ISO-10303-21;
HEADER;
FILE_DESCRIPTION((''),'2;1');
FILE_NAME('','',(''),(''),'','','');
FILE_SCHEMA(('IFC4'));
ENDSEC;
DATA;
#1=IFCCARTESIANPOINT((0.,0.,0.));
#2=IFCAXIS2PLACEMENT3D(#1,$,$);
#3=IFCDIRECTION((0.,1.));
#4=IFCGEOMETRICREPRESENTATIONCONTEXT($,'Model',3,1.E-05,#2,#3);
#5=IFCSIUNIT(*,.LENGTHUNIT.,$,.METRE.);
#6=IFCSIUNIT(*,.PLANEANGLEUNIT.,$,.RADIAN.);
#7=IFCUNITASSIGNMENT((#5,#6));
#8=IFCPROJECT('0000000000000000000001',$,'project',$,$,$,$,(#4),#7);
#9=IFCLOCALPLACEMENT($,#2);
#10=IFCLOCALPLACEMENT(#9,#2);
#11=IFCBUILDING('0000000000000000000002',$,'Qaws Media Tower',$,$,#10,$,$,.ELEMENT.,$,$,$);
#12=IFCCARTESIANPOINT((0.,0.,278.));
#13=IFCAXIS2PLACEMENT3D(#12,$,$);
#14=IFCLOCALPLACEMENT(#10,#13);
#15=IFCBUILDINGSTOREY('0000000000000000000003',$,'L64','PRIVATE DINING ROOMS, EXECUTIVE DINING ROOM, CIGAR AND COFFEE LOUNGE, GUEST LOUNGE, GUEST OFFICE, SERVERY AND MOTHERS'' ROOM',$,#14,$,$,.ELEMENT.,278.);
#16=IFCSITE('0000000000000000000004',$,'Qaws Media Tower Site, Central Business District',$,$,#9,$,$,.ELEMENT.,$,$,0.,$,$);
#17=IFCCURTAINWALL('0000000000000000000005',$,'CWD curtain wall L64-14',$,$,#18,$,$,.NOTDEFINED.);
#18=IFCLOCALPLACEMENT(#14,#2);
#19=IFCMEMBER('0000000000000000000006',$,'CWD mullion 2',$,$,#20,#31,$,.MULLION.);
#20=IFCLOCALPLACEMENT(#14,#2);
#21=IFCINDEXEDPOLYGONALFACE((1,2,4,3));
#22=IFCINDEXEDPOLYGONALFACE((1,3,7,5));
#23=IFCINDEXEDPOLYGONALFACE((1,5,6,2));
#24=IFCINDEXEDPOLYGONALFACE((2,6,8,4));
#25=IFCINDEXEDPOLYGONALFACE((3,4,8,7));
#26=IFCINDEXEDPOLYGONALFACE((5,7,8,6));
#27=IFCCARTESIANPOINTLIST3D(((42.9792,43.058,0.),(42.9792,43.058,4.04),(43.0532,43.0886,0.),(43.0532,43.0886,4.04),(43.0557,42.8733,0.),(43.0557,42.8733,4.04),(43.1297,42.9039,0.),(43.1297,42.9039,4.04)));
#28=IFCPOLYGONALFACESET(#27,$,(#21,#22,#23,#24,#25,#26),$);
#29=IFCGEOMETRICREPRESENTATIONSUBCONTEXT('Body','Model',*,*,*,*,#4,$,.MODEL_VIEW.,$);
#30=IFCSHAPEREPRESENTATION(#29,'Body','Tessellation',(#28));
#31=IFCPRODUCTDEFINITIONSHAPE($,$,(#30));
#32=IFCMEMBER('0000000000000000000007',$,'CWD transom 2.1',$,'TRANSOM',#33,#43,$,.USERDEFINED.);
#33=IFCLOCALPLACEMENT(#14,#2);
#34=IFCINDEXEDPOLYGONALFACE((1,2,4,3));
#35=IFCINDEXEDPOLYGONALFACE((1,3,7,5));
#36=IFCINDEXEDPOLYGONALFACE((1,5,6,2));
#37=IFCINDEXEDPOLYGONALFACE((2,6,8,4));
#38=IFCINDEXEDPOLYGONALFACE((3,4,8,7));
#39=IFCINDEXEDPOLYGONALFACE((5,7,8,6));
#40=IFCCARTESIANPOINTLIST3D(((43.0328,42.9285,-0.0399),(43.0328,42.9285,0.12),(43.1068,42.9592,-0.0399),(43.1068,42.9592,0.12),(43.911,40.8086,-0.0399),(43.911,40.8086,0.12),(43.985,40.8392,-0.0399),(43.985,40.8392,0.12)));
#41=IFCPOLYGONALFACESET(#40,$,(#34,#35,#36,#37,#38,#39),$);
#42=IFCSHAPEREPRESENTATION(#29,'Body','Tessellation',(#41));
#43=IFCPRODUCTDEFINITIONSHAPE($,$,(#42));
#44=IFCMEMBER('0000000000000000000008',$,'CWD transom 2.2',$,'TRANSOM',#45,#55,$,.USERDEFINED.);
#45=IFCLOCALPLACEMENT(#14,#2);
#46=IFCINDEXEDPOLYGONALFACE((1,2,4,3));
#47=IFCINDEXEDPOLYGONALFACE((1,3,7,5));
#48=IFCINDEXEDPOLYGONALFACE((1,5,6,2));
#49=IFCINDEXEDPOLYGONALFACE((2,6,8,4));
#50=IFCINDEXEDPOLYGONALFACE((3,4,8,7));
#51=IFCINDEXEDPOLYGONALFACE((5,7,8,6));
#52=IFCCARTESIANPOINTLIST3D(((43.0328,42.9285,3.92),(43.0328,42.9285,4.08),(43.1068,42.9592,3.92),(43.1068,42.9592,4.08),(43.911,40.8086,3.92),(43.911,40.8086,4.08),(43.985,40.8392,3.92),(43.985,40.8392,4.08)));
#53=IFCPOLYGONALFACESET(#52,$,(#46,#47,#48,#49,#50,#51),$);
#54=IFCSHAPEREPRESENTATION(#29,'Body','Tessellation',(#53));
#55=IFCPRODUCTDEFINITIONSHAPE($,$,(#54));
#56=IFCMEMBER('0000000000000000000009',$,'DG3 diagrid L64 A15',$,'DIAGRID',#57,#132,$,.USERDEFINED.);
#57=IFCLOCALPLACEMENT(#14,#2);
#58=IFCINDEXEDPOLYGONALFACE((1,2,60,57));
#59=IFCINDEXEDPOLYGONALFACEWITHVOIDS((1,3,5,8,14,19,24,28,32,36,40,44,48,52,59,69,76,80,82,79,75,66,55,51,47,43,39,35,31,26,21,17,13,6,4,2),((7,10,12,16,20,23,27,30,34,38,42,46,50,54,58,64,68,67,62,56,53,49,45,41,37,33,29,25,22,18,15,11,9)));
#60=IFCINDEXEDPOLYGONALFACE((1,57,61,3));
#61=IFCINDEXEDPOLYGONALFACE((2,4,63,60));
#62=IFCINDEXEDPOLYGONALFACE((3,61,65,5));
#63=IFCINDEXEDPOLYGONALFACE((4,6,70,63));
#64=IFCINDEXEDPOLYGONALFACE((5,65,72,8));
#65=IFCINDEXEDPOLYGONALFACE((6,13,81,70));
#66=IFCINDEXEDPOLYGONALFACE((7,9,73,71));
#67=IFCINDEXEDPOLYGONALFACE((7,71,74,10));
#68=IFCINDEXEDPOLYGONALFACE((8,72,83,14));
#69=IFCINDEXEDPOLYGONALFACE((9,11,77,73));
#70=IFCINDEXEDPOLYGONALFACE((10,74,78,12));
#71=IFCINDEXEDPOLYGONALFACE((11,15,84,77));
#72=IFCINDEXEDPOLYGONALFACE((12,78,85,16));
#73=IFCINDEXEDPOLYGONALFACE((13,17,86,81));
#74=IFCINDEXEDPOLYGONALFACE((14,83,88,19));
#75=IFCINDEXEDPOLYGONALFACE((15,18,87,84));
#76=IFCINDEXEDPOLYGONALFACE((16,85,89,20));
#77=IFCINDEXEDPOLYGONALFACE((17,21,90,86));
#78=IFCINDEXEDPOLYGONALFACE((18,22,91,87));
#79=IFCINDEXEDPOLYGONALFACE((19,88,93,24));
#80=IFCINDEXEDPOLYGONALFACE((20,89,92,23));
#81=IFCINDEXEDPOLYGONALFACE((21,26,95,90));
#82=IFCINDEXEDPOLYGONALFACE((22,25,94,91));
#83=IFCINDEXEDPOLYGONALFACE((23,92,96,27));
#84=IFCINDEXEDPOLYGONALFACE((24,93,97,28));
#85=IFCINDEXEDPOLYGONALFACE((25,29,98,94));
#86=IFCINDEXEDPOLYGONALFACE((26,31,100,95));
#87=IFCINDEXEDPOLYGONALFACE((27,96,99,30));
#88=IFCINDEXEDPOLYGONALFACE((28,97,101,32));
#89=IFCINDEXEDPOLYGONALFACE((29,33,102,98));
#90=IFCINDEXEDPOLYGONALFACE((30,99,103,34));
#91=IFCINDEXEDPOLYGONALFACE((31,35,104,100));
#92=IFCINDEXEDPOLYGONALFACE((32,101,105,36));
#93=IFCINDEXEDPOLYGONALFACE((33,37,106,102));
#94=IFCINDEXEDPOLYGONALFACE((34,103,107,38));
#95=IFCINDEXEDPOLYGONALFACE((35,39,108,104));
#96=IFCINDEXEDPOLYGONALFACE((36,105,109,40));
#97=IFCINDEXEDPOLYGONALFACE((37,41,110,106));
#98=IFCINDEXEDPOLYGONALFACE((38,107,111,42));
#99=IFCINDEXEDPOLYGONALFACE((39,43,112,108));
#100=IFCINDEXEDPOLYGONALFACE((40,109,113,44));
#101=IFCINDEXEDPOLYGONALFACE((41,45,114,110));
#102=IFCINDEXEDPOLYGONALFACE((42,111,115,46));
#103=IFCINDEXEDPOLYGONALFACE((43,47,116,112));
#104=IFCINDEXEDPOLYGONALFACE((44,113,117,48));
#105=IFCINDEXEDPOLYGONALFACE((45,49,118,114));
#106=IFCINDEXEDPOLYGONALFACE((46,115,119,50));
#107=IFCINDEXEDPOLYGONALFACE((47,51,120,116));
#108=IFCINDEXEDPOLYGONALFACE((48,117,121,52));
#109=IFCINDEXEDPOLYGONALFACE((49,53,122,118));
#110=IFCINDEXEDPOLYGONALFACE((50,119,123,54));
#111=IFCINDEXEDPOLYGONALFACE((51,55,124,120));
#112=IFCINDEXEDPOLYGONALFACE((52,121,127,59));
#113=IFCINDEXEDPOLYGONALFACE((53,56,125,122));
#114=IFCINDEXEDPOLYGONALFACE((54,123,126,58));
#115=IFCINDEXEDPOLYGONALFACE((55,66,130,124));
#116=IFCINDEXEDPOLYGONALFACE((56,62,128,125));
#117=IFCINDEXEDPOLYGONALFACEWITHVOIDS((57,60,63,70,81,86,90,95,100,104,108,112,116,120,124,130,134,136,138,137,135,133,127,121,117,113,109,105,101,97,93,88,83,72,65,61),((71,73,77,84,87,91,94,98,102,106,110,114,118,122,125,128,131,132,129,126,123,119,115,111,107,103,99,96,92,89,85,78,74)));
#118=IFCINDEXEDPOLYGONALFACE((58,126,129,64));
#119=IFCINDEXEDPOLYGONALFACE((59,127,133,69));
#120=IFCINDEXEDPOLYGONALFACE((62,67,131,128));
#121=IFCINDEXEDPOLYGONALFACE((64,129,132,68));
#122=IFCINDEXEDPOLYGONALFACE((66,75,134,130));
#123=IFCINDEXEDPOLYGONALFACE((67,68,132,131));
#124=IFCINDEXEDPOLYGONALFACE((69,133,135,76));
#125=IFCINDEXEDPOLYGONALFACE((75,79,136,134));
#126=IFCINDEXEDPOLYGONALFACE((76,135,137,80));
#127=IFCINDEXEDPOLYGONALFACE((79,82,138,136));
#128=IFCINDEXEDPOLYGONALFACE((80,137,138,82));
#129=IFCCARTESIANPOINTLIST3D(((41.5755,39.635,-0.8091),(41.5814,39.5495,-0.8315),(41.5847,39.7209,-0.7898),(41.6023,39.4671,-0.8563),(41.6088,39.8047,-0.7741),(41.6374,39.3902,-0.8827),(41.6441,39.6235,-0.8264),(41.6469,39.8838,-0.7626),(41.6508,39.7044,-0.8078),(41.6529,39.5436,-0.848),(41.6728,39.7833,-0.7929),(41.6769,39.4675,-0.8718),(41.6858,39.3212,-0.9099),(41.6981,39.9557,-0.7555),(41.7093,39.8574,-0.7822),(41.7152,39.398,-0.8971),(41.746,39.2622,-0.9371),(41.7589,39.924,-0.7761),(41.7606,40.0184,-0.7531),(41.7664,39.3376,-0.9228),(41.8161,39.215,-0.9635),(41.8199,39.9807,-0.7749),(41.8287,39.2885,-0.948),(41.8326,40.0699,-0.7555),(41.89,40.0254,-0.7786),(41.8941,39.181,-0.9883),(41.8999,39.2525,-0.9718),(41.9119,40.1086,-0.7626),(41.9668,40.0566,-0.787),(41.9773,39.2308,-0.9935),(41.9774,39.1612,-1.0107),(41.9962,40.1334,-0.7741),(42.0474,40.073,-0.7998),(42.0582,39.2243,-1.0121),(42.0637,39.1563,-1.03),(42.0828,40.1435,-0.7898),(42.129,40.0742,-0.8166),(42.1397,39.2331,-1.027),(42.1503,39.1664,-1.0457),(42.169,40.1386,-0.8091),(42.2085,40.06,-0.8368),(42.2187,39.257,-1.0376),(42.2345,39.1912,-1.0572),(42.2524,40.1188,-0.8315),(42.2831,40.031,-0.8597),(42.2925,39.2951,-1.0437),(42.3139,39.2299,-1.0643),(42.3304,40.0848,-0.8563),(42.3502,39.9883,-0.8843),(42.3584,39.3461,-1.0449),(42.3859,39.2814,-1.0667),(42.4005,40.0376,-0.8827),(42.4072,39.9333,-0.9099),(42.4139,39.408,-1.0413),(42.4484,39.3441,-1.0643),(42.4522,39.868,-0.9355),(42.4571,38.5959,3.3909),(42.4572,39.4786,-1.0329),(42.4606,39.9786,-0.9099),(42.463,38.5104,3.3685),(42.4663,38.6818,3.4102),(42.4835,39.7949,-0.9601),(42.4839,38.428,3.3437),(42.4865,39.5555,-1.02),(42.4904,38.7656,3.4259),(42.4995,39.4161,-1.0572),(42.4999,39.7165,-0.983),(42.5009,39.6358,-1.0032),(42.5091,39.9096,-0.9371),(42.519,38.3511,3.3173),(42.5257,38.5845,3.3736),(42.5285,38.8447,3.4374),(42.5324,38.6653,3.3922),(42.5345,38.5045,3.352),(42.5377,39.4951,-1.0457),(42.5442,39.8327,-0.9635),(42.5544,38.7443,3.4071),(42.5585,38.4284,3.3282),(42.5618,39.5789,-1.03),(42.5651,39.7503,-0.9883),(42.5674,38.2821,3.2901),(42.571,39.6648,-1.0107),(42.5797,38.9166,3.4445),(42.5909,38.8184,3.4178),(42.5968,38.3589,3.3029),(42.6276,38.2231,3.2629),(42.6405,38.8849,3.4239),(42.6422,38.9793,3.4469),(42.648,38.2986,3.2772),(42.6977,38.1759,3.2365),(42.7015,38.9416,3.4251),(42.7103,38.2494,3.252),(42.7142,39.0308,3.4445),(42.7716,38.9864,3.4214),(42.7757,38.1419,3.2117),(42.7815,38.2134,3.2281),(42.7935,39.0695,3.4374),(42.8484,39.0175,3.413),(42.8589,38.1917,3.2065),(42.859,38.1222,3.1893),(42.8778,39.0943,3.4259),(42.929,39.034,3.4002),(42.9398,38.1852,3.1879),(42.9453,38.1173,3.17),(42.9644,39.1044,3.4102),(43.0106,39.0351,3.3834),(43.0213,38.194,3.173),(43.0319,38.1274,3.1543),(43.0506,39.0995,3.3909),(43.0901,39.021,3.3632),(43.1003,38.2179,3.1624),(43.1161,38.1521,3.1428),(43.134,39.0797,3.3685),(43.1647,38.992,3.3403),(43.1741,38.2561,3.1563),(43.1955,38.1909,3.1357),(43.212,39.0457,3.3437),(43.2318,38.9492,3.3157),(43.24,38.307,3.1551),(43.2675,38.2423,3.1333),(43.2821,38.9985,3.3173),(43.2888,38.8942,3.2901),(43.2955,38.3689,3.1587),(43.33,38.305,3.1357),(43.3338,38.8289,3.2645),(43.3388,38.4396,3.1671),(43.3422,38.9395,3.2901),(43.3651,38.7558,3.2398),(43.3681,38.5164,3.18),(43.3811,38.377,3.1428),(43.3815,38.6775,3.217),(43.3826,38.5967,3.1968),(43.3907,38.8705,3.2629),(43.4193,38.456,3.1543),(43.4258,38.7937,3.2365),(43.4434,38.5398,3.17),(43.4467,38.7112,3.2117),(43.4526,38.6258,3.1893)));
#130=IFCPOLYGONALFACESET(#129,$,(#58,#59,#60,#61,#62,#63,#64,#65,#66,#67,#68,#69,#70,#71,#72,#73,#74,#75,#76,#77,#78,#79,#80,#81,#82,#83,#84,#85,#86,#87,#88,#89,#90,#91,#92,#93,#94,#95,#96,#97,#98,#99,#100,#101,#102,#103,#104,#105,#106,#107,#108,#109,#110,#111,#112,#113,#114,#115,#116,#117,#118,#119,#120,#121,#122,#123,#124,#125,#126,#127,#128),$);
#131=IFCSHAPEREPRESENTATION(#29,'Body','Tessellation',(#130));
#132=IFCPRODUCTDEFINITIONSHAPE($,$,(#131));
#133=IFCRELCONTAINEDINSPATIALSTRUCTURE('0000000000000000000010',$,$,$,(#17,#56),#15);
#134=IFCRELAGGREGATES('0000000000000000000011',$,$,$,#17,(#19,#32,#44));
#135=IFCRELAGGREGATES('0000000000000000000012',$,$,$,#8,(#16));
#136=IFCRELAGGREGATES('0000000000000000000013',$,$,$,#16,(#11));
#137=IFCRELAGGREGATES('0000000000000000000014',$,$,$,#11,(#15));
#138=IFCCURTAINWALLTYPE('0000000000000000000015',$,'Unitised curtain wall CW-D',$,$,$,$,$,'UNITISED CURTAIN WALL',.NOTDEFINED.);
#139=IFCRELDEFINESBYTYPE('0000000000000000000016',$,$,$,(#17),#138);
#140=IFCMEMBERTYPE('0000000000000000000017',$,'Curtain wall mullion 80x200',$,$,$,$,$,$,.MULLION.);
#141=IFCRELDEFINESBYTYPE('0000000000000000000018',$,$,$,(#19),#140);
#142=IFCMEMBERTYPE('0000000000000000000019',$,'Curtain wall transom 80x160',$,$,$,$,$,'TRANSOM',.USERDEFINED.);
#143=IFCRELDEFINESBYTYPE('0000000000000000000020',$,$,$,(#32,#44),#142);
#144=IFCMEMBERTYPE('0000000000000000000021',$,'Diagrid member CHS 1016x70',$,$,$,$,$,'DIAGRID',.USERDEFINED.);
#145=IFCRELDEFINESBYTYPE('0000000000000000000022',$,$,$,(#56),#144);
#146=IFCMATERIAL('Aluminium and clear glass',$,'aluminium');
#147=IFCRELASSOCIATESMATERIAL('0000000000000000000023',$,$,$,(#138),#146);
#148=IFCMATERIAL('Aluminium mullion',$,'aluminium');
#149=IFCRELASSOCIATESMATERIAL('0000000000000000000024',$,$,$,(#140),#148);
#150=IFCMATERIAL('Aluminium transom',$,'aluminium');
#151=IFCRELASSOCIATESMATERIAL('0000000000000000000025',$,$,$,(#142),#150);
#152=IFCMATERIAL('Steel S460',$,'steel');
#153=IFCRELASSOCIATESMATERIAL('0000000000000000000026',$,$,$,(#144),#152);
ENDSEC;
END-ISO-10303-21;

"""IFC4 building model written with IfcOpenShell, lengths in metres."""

from ifc_helpers import new_model, si_unit, direction, frame, origin, origin_2d, place, context, subcontext, project, spatial, rectangle, hollow_circle, extrude, material, material_profile, profile_set, type_object, element, aggregate, save


model = new_model("IFC4")

# Units and contexts
model_context = context("Model", 3, precision=1e-05, world=origin(), true_north=direction((0.0, 1.0)))
body_context = subcontext(model_context, "Body", "Model", "MODEL_VIEW")
ifc_project = project(units=[si_unit("LENGTHUNIT", "METRE"), si_unit("PLANEANGLEUNIT", "RADIAN")], contexts=[model_context])

# Site, building, storey
site_placement = place(None, origin())
site = spatial("IfcSite", under=ifc_project, at=site_placement, Name="Qaws Media Tower Site, Central Business District", CompositionType="ELEMENT", RefElevation=0.0)
building_placement = place(site_placement, origin())
building = spatial("IfcBuilding", under=site, at=building_placement, Name="Qaws Media Tower", CompositionType="ELEMENT")
storey_placement = place(building_placement, frame((0.0, 0.0, 278.0)))
storey = spatial("IfcBuildingStorey", under=building, at=storey_placement, Name="L64", Description="PRIVATE DINING ROOMS, EXECUTIVE DINING ROOM, CIGAR AND COFFEE LOUNGE, GUEST LOUNGE, GUEST OFFICE, SERVERY AND MOTHERS' ROOM", CompositionType="ELEMENT", Elevation=278.0)

# Curtain wall, members
ifc_material_1 = material(Name="Aluminium and clear glass", Category="aluminium")
curtain_wall_type = type_object("IfcCurtainWallType", Name="Unitised curtain wall CW-D", ElementType="UNITISED CURTAIN WALL", PredefinedType="NOTDEFINED", material=ifc_material_1)
curtain_wall_placement = place(storey_placement, origin())
curtain_wall = element("IfcCurtainWall", 1, at=curtain_wall_placement, inside=storey, type_object=curtain_wall_type, Name="CWD curtain wall L64-14", PredefinedType="NOTDEFINED")
ifc_material_2 = material(Name="Aluminium mullion", Category="aluminium")
ifc_material_profile_1 = material_profile(ifc_material_2, rectangle(XDim=0.0801, YDim=0.2, at=origin_2d()), Name="80x200")
ifc_profile_set_1 = profile_set([ifc_material_profile_1], Name="Aluminium mullion")
member_type_1 = type_object("IfcMemberType", Name="Curtain wall mullion 80x200", PredefinedType="MULLION", material=ifc_profile_set_1)
member_1_placement = place(storey_placement, frame((43.0544, 42.981, 0.0), z_axis=(0.0, 0.0, 1.0), x_axis=(0.92388, 0.382683, 0.0)))
member_1 = element("IfcMember", 2, at=member_1_placement, type_object=member_type_1, Name="CWD mullion 2", PredefinedType="MULLION", context=body_context, shape_type="SweptSolid", body=[
    extrude(rectangle(XDim=0.0801, YDim=0.2, at=origin_2d()), origin(), (0.0, 0.0, 1.0), 4.04),
])
ifc_material_3 = material(Name="Aluminium transom", Category="aluminium")
ifc_material_profile_2 = material_profile(ifc_material_3, rectangle(XDim=0.0801, YDim=0.1599, at=origin_2d()), Name="80x160")
ifc_profile_set_2 = profile_set([ifc_material_profile_2], Name="Aluminium transom")
member_type_2 = type_object("IfcMemberType", Name="Curtain wall transom 80x160", ElementType="TRANSOM", PredefinedType="USERDEFINED", material=ifc_profile_set_2)
member_2_placement = place(storey_placement, frame((43.0698, 42.9438, 0.04), z_axis=(0.382718, -0.923865, 0.0), x_axis=(0.923865, 0.382718, 0.0)))
member_2 = element("IfcMember", 3, at=member_2_placement, type_object=member_type_2, Name="CWD transom 2.1", ObjectType="TRANSOM", PredefinedType="USERDEFINED", context=body_context, shape_type="SweptSolid", body=[
    extrude(rectangle(XDim=0.0801, YDim=0.1599, at=origin_2d()), origin(), (0.0, 0.0, 1.0), 2.2947),
])
member_3_placement = place(storey_placement, frame((43.0698, 42.9438, 4.0), z_axis=(0.382718, -0.923865, 0.0), x_axis=(0.923865, 0.382718, 0.0)))
member_3 = element("IfcMember", 4, at=member_3_placement, type_object=member_type_2, Name="CWD transom 2.2", ObjectType="TRANSOM", PredefinedType="USERDEFINED", context=body_context, shape_type="SweptSolid", body=[
    extrude(rectangle(XDim=0.0801, YDim=0.1599, at=origin_2d()), origin(), (0.0, 0.0, 1.0), 2.2947),
])

# Member
ifc_material_4 = material(Name="Steel S460", Category="steel")
ifc_material_profile_3 = material_profile(ifc_material_4, hollow_circle(Radius=0.5081, WallThickness=0.0701, at=origin_2d()), Name="CHS 1016x70")
ifc_profile_set_3 = profile_set([ifc_material_profile_3], Name="Steel S460")
member_type_3 = type_object("IfcMemberType", Name="Diagrid member CHS 1016x70", ElementType="DIAGRID", PredefinedType="USERDEFINED", material=ifc_profile_set_3)
for number, where, z_axis, x_axis, name in (
    (5, (42.0732, 39.6499, -0.9099), (0.199659, -0.235323, 0.951188), (0.762523, 0.646962, 0.0), "DG3 diagrid L64 A15"),
):
    element("IfcMember", number, at=place(storey_placement, frame(where, z_axis=z_axis, x_axis=x_axis)), inside=storey, type_object=member_type_3, Name=name, ObjectType="DIAGRID", PredefinedType="USERDEFINED", context=body_context, shape_type="SweptSolid", body=[
        extrude(hollow_circle(Radius=0.5081, WallThickness=0.0701, at=origin_2d()), origin(), (0.0, 0.0, 1.0), 4.4155),
    ])

aggregate(curtain_wall, [member_1, member_2, member_3])

save(model, "model.ifc")
